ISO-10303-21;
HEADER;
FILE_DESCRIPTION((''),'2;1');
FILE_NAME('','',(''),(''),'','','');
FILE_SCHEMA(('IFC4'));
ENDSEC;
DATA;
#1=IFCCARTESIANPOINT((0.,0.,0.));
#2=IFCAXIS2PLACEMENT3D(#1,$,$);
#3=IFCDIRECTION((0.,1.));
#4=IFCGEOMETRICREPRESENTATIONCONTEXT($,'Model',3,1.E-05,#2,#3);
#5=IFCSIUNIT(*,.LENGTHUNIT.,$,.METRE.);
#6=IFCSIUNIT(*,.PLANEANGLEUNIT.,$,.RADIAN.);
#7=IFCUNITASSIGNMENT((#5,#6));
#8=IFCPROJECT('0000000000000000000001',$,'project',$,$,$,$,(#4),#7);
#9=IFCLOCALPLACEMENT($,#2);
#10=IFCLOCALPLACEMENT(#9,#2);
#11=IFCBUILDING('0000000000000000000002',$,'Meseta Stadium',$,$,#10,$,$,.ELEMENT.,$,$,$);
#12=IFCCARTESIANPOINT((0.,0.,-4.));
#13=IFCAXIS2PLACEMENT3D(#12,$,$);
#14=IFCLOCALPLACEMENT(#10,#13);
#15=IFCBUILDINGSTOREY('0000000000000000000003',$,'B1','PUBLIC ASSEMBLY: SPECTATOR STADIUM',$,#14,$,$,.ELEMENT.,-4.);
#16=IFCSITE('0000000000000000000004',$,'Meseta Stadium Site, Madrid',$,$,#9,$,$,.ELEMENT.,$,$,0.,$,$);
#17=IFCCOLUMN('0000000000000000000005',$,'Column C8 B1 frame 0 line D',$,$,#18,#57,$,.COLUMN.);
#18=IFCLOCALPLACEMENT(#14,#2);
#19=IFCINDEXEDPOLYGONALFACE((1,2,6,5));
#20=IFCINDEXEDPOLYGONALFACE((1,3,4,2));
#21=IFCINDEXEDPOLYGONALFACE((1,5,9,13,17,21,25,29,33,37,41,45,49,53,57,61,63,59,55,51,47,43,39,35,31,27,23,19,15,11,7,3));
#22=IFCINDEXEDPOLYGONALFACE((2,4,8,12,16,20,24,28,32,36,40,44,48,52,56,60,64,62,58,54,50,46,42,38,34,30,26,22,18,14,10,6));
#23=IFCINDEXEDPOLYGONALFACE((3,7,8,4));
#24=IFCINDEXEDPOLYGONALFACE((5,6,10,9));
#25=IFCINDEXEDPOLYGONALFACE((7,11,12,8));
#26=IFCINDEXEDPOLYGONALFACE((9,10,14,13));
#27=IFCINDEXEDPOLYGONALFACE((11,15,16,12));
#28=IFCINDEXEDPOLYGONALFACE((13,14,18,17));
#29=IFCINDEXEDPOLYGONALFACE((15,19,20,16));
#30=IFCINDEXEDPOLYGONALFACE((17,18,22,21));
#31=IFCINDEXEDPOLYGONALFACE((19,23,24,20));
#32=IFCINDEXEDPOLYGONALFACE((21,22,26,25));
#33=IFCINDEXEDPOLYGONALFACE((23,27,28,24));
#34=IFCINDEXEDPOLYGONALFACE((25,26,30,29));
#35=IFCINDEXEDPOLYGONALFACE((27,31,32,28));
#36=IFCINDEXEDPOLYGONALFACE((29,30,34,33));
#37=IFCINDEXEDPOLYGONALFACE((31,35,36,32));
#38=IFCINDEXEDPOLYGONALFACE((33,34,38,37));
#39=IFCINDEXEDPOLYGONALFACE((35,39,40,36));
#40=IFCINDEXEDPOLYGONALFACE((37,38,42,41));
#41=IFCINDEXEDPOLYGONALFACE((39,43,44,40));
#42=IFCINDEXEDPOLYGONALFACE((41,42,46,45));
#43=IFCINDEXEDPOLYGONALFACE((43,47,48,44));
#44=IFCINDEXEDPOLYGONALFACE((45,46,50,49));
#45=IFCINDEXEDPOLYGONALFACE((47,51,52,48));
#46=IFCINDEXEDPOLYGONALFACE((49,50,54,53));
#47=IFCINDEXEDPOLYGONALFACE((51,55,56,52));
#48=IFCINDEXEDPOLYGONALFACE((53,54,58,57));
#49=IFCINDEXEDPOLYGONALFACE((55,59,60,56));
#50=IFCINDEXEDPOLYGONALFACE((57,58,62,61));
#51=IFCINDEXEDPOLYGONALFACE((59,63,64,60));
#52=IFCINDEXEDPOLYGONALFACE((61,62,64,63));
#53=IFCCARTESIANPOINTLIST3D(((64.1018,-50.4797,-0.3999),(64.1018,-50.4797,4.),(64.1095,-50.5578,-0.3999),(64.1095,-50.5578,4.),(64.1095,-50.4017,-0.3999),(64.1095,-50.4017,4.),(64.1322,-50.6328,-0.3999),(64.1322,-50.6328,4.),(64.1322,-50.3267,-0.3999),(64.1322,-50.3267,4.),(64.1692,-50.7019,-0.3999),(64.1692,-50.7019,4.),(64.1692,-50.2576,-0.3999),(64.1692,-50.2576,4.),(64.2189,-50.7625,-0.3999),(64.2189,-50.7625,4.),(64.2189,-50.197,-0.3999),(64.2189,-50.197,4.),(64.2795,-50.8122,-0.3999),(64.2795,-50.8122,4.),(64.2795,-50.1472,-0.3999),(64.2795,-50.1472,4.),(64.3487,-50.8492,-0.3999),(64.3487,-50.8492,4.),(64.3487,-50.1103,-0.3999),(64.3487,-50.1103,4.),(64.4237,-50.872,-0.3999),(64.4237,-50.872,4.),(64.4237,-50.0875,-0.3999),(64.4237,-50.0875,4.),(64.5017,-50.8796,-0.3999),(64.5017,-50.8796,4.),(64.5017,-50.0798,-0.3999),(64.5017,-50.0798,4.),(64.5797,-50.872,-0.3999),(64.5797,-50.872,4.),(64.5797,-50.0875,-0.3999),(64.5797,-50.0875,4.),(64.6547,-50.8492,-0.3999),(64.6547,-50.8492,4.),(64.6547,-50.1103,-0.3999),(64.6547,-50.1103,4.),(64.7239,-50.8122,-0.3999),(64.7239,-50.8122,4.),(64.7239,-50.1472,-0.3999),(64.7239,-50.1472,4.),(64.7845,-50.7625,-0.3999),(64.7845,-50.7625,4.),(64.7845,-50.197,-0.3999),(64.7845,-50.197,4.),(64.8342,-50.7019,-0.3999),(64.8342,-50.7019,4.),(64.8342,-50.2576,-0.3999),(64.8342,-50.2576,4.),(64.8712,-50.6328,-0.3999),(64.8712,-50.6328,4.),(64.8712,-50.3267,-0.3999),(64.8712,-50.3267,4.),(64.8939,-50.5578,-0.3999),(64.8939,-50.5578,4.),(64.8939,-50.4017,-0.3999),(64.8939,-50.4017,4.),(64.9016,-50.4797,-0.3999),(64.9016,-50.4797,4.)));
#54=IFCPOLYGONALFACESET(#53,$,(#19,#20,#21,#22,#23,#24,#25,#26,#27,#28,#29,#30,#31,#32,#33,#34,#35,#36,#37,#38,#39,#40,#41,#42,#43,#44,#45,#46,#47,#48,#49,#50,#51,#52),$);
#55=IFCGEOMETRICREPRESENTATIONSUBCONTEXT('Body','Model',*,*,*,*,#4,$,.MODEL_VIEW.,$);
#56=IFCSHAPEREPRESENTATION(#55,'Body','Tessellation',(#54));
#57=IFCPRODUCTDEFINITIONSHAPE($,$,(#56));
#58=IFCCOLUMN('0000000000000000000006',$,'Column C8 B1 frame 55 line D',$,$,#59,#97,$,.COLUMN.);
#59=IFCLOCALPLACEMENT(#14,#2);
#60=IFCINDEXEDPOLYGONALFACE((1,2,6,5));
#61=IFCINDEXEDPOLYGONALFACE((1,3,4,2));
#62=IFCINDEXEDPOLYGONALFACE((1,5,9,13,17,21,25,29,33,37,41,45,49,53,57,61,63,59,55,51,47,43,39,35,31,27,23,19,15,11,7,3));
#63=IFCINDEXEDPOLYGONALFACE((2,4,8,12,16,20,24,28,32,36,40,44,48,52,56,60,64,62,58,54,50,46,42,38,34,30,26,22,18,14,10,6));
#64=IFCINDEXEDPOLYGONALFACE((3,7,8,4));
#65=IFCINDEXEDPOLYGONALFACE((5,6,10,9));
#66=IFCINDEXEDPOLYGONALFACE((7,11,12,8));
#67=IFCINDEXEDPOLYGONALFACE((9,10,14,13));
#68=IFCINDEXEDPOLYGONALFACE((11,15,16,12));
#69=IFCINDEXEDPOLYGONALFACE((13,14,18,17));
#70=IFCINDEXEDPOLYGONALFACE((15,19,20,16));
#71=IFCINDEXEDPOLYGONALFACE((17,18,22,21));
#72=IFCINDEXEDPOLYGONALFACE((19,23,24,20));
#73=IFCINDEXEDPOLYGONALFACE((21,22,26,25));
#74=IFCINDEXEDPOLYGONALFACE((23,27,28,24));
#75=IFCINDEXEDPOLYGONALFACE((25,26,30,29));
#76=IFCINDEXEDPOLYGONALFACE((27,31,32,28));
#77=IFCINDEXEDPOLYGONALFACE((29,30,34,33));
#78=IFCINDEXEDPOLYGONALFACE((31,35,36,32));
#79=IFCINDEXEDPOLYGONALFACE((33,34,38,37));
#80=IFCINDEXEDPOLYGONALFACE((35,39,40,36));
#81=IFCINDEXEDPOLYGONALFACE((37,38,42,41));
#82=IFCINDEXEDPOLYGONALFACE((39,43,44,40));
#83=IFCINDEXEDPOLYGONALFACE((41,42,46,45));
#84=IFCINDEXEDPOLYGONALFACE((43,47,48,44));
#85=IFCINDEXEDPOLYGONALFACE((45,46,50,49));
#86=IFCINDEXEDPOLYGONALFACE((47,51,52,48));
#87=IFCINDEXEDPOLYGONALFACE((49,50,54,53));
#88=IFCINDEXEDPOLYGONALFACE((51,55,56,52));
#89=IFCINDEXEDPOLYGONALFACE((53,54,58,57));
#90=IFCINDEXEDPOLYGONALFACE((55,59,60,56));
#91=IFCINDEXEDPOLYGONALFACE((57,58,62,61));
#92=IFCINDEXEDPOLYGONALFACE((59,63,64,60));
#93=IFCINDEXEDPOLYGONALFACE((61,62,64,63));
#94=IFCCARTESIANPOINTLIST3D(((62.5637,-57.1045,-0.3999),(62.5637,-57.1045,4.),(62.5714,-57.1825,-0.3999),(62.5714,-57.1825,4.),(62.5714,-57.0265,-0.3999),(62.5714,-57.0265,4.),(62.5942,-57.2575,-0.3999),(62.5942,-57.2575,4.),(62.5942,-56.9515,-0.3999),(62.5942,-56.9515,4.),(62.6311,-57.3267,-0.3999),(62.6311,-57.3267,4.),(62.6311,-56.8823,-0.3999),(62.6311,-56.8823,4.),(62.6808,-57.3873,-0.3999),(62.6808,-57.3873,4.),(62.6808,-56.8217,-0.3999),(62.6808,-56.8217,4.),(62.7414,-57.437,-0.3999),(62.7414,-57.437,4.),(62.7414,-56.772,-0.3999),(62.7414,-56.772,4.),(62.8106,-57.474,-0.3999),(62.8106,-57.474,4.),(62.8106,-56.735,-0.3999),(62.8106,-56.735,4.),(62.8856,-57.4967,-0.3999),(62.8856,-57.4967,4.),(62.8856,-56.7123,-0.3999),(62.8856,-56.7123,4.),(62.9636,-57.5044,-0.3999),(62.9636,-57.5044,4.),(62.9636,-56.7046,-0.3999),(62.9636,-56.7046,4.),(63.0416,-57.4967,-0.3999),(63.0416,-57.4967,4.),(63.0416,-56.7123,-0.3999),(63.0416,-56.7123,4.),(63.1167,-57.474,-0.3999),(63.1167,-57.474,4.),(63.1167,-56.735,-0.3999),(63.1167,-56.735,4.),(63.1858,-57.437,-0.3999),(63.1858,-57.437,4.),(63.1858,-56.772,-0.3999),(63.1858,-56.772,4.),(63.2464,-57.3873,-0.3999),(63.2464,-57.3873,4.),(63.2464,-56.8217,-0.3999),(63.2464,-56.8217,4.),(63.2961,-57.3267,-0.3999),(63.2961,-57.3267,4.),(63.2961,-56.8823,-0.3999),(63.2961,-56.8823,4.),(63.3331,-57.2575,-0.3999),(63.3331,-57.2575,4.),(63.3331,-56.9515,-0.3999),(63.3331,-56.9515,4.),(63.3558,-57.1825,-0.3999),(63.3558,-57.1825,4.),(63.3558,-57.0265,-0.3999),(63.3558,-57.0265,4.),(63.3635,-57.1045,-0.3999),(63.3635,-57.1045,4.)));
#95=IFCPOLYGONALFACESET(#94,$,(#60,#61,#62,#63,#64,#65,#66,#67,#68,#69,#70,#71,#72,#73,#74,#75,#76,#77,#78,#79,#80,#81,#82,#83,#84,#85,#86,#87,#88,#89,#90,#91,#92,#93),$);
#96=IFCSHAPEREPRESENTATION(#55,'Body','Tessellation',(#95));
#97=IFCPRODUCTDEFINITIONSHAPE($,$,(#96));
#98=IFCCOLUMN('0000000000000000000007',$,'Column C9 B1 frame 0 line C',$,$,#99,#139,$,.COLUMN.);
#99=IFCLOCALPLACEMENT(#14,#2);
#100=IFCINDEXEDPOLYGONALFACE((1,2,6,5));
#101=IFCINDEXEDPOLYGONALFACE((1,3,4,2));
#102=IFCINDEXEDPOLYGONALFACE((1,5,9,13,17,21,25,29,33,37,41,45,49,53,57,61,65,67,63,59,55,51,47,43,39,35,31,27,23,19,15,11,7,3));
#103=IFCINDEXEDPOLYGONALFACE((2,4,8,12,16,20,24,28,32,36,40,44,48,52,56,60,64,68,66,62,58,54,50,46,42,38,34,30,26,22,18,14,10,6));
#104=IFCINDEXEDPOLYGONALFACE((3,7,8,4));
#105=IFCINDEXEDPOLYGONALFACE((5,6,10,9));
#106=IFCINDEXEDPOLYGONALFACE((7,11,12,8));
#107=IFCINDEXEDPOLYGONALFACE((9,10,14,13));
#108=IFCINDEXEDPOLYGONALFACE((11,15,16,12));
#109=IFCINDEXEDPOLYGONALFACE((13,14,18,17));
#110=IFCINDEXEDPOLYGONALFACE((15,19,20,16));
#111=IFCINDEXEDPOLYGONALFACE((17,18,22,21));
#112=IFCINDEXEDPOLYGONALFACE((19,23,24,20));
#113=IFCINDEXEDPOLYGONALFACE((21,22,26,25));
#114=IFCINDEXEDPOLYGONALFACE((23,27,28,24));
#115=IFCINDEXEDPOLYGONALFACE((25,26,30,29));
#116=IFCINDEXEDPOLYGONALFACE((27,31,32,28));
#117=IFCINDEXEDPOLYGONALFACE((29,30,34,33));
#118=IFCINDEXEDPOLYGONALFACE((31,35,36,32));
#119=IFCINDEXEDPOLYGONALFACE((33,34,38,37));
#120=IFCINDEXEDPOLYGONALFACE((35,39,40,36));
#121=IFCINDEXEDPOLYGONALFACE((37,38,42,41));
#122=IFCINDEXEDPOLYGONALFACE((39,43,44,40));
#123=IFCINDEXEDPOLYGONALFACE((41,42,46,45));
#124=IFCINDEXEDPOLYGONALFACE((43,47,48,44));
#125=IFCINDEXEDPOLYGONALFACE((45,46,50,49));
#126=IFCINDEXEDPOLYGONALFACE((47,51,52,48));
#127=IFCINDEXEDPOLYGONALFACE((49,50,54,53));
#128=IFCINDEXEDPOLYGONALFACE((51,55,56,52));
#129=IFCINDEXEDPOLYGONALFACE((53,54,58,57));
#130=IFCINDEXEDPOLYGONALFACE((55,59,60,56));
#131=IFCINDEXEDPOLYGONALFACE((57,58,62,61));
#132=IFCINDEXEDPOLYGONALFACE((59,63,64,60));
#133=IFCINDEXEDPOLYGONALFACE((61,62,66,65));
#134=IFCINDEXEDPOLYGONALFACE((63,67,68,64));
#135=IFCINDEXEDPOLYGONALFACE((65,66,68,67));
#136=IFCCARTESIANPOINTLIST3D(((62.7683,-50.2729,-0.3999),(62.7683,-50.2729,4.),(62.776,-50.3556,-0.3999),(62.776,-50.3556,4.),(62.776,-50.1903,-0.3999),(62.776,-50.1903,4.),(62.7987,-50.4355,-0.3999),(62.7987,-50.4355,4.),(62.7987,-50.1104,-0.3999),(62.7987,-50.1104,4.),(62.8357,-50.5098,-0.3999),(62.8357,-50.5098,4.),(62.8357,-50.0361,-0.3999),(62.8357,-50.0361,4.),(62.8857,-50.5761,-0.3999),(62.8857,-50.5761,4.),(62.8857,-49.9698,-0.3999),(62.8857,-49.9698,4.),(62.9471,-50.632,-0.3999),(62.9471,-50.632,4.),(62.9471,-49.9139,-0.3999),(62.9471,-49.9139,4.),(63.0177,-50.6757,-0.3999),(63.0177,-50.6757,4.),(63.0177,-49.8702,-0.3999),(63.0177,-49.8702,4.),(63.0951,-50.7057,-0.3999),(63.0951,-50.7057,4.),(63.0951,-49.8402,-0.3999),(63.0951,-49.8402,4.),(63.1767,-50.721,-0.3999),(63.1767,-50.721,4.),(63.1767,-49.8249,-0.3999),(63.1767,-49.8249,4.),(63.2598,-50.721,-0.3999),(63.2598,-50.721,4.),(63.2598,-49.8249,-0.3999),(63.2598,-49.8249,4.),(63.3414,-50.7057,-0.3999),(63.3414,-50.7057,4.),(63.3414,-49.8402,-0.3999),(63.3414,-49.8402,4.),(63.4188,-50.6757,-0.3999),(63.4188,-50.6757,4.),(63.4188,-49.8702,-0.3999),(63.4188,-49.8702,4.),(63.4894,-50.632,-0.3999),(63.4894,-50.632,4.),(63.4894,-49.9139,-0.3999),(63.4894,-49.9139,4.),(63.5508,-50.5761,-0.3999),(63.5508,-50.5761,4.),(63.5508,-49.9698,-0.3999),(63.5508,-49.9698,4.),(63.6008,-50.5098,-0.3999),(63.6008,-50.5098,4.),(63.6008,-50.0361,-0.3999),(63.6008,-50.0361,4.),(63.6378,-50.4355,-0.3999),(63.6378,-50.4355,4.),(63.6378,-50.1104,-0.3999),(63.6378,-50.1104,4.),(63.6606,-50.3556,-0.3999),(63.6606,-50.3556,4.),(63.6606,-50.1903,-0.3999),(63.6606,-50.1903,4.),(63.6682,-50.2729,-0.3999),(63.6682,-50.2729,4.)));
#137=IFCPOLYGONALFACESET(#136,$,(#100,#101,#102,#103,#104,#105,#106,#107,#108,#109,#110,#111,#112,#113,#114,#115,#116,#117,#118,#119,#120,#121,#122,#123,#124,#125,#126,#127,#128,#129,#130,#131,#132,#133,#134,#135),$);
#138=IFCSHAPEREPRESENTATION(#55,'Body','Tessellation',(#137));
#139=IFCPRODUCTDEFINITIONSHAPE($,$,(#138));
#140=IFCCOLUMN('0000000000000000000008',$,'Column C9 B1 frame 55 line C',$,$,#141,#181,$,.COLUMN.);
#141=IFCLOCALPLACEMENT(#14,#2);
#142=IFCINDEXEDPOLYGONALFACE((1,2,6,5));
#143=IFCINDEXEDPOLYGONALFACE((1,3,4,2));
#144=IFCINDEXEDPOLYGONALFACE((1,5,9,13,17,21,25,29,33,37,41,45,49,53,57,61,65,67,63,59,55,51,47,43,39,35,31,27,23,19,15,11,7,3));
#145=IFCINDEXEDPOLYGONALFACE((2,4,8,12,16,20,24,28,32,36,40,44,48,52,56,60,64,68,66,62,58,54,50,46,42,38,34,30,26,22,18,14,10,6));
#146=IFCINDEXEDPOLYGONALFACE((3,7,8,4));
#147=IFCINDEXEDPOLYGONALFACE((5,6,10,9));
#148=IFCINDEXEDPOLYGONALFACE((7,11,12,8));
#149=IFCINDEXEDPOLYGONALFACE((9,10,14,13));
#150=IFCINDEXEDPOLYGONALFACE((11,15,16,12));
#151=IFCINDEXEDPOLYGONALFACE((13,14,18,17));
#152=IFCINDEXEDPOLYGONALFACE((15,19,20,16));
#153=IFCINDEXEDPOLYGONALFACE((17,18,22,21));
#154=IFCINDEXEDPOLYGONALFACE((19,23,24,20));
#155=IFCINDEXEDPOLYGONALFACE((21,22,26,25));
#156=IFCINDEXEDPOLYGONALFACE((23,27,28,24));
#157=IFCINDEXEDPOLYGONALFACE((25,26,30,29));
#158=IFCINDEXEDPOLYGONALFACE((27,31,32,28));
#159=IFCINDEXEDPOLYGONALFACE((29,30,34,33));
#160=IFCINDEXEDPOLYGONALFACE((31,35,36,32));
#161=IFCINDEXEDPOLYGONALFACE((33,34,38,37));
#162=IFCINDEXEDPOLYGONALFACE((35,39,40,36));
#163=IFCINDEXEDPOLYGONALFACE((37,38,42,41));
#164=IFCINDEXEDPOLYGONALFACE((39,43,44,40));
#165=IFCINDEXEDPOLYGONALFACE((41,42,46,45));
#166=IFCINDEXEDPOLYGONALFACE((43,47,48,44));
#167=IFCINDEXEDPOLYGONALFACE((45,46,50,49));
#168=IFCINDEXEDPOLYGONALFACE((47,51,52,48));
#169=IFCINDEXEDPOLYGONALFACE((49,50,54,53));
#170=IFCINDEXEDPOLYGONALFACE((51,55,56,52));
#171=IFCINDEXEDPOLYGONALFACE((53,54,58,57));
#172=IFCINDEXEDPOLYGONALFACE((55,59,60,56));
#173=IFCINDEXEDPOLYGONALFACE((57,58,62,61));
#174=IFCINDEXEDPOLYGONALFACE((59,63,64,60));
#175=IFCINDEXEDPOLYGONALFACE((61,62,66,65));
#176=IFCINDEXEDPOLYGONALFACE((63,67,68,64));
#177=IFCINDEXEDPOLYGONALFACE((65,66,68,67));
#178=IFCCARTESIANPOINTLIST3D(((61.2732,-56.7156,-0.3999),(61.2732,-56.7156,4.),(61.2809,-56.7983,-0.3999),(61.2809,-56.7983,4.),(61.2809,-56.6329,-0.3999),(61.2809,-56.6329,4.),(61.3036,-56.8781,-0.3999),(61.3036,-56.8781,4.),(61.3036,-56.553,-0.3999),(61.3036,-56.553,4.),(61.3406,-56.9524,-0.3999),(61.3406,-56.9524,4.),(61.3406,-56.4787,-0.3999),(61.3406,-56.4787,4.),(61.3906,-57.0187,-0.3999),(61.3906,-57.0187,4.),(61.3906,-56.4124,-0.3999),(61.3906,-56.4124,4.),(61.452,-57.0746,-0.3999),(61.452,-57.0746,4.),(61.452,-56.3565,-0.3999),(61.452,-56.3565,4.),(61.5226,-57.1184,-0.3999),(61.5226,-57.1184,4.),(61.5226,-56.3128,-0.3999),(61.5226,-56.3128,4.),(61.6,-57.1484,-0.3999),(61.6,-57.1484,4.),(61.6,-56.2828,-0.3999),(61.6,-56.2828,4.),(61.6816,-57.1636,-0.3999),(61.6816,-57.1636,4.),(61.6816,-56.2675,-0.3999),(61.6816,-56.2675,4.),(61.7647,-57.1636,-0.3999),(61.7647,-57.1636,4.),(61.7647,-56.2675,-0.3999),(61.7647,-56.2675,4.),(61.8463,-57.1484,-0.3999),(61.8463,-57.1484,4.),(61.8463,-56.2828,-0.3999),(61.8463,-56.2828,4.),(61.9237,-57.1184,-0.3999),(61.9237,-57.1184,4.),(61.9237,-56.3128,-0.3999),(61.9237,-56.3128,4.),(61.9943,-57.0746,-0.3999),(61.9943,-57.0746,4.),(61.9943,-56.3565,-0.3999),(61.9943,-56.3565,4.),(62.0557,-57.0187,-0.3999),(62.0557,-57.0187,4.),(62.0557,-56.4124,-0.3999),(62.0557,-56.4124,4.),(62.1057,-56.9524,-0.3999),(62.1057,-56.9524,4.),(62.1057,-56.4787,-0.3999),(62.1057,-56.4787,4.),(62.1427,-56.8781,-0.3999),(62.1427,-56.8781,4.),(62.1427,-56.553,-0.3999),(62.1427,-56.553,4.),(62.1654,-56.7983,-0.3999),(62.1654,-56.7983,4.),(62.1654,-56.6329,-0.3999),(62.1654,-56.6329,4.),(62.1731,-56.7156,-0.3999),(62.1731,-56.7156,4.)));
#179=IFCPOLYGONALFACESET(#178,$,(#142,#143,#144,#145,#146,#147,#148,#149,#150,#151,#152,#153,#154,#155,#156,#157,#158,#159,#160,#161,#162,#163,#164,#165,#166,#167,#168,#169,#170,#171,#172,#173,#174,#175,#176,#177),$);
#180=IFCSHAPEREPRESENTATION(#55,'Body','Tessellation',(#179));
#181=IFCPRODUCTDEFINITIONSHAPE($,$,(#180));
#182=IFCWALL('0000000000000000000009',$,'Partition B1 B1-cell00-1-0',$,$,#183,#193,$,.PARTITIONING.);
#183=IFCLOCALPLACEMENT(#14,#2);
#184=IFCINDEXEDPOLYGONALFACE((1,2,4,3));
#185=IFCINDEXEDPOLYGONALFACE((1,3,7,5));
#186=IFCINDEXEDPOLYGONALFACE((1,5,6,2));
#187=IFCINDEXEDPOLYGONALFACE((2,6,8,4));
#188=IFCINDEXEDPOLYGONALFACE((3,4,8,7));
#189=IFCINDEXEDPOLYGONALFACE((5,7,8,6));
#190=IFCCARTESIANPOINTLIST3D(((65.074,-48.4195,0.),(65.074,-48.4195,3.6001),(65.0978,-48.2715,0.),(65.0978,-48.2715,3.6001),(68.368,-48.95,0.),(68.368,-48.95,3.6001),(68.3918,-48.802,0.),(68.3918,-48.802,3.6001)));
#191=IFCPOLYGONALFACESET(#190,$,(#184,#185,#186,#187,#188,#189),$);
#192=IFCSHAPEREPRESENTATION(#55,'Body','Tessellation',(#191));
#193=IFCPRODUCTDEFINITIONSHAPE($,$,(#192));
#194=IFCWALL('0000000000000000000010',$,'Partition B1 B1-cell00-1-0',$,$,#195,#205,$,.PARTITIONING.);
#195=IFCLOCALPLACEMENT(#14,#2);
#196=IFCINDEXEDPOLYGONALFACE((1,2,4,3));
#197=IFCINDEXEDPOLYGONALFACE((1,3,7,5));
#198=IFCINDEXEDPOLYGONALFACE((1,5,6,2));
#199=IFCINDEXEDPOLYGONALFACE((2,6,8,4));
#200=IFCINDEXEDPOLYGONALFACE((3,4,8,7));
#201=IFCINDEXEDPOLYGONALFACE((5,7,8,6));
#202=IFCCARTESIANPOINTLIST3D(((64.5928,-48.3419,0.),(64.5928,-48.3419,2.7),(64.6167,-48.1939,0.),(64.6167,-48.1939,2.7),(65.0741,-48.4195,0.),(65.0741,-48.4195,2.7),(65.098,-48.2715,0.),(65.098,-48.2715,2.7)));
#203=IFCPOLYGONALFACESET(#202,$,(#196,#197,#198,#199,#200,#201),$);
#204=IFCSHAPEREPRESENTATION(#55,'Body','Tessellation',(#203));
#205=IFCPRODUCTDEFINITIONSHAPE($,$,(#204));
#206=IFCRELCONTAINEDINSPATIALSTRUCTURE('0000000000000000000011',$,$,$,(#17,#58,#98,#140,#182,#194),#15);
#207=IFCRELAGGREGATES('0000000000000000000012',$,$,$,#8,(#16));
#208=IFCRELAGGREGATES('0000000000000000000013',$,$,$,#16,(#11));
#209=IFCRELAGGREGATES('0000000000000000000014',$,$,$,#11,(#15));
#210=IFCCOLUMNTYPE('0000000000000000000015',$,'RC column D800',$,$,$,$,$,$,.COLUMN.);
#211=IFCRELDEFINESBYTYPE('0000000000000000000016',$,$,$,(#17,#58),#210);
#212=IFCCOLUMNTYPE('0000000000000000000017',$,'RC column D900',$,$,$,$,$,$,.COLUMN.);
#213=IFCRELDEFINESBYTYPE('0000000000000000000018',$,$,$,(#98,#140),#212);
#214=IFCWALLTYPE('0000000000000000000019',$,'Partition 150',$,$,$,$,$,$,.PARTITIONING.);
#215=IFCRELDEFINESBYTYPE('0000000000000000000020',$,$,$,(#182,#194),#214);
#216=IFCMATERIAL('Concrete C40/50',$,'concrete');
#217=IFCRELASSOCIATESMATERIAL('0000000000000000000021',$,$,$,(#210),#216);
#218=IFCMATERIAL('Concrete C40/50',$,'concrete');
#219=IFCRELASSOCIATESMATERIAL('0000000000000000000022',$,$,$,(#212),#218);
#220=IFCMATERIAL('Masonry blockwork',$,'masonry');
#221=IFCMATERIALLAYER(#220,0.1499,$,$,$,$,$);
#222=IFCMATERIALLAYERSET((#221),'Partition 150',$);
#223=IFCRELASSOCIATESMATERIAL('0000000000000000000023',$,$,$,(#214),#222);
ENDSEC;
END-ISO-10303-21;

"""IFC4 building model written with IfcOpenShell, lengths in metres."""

from ifc_helpers import new_model, si_unit, direction, frame, frame_2d, origin, origin_2d, place, context, subcontext, project, spatial, rectangle, circle, extrude, material, layer, layer_set, material_profile, profile_set, type_object, element, save


model = new_model("IFC4")

# Units and contexts
model_context = context("Model", 3, precision=1e-05, world=origin(), true_north=direction((0.0, 1.0)))
body_context = subcontext(model_context, "Body", "Model", "MODEL_VIEW")
ifc_project = project(units=[si_unit("LENGTHUNIT", "METRE"), si_unit("PLANEANGLEUNIT", "RADIAN")], contexts=[model_context])

# Site, building, storey
site_placement = place(None, origin())
site = spatial("IfcSite", under=ifc_project, at=site_placement, Name="Meseta Stadium Site, Madrid", CompositionType="ELEMENT", RefElevation=0.0)
building_placement = place(site_placement, origin())
building = spatial("IfcBuilding", under=site, at=building_placement, Name="Meseta Stadium", CompositionType="ELEMENT")
storey_placement = place(building_placement, frame((0.0, 0.0, -4.0)))
storey = spatial("IfcBuildingStorey", under=building, at=storey_placement, Name="B1", Description="PUBLIC ASSEMBLY: SPECTATOR STADIUM", CompositionType="ELEMENT", Elevation=-4.0)

# Columns
ifc_material_1 = material(Name="Concrete C40/50", Category="concrete")
ifc_material_profile_1 = material_profile(ifc_material_1, circle(Radius=0.3999, at=origin_2d()), Name="RC D800")
ifc_profile_set_1 = profile_set([ifc_material_profile_1], Name="Concrete C40/50")
column_type_1 = type_object("IfcColumnType", Name="RC column D800", PredefinedType="COLUMN", material=ifc_profile_set_1)
for number, where, z_axis, x_axis, name in (
    (1, (64.5017, -50.4797, -0.3999), (0.0, 0.0, 1.0), (1.0, 0.0, 0.0), "Column C8 B1 frame 0 line D"),
    (2, (62.9636, -57.1045, -0.3999), (0.0, 0.0, 1.0), (1.0, 0.0, 0.0), "Column C8 B1 frame 55 line D"),
):
    element("IfcColumn", number, at=place(storey_placement, frame(where, z_axis=z_axis, x_axis=x_axis)), inside=storey, type_object=column_type_1, Name=name, PredefinedType="COLUMN", context=body_context, shape_type="SweptSolid", body=[
        extrude(circle(Radius=0.3999, at=origin_2d()), origin(), (0.0, 0.0, 1.0), 4.3999),
    ])
ifc_material_2 = material(Name="Concrete C40/50", Category="concrete")
ifc_material_profile_2 = material_profile(ifc_material_2, circle(Radius=0.45, at=origin_2d()), Name="RC D900")
ifc_profile_set_2 = profile_set([ifc_material_profile_2], Name="Concrete C40/50")
column_type_2 = type_object("IfcColumnType", Name="RC column D900", PredefinedType="COLUMN", material=ifc_profile_set_2)
for number, where, z_axis, x_axis, name in (
    (3, (63.2183, -50.2729, -0.3999), (0.0, 0.0, 1.0), (1.0, 0.0, 0.0), "Column C9 B1 frame 0 line C"),
    (4, (61.7231, -56.7156, -0.3999), (0.0, 0.0, 1.0), (1.0, 0.0, 0.0), "Column C9 B1 frame 55 line C"),
):
    element("IfcColumn", number, at=place(storey_placement, frame(where, z_axis=z_axis, x_axis=x_axis)), inside=storey, type_object=column_type_2, Name=name, PredefinedType="COLUMN", context=body_context, shape_type="SweptSolid", body=[
        extrude(circle(Radius=0.45, at=origin_2d()), origin(), (0.0, 0.0, 1.0), 4.3999),
    ])

# Walls
ifc_material_3 = material(Name="Masonry blockwork", Category="masonry")
ifc_layer = layer(ifc_material_3, 0.1499)
ifc_layer_set = layer_set([ifc_layer], Name="Partition 150")
wall_type = type_object("IfcWallType", Name="Partition 150", PredefinedType="PARTITIONING", material=ifc_layer_set)
wall_1_placement = place(storey_placement, frame((68.3799, -48.876, 0.0), z_axis=(0.0, 0.0, 1.0), x_axis=(-0.987277, 0.159009, 0.0)))
element("IfcWall", 5, at=wall_1_placement, inside=storey, type_object=wall_type, Name="Partition B1 B1-cell00-1-0", PredefinedType="PARTITIONING", context=body_context, shape_type="SweptSolid", body=[
    extrude(rectangle(XDim=3.3364, YDim=0.1499, at=frame_2d((1.6682, 0.0))), origin(), (0.0, 0.0, 1.0), 3.6001),
])
for number, where, z_axis, x_axis, name in (
    (6, (65.0859, -48.3455, 0.0), (0.0, 0.0, 1.0), (-0.987246, 0.159201, 0.0), "Partition B1 B1-cell00-1-0"),
):
    element("IfcWall", number, at=place(storey_placement, frame(where, z_axis=z_axis, x_axis=x_axis)), inside=storey, type_object=wall_type, Name=name, PredefinedType="PARTITIONING", context=body_context, shape_type="SweptSolid", body=[
        extrude(rectangle(XDim=0.4875, YDim=0.1499, at=frame_2d((0.2437, 0.0))), origin(), (0.0, 0.0, 1.0), 2.7),
    ])

save(model, "model.ifc")
